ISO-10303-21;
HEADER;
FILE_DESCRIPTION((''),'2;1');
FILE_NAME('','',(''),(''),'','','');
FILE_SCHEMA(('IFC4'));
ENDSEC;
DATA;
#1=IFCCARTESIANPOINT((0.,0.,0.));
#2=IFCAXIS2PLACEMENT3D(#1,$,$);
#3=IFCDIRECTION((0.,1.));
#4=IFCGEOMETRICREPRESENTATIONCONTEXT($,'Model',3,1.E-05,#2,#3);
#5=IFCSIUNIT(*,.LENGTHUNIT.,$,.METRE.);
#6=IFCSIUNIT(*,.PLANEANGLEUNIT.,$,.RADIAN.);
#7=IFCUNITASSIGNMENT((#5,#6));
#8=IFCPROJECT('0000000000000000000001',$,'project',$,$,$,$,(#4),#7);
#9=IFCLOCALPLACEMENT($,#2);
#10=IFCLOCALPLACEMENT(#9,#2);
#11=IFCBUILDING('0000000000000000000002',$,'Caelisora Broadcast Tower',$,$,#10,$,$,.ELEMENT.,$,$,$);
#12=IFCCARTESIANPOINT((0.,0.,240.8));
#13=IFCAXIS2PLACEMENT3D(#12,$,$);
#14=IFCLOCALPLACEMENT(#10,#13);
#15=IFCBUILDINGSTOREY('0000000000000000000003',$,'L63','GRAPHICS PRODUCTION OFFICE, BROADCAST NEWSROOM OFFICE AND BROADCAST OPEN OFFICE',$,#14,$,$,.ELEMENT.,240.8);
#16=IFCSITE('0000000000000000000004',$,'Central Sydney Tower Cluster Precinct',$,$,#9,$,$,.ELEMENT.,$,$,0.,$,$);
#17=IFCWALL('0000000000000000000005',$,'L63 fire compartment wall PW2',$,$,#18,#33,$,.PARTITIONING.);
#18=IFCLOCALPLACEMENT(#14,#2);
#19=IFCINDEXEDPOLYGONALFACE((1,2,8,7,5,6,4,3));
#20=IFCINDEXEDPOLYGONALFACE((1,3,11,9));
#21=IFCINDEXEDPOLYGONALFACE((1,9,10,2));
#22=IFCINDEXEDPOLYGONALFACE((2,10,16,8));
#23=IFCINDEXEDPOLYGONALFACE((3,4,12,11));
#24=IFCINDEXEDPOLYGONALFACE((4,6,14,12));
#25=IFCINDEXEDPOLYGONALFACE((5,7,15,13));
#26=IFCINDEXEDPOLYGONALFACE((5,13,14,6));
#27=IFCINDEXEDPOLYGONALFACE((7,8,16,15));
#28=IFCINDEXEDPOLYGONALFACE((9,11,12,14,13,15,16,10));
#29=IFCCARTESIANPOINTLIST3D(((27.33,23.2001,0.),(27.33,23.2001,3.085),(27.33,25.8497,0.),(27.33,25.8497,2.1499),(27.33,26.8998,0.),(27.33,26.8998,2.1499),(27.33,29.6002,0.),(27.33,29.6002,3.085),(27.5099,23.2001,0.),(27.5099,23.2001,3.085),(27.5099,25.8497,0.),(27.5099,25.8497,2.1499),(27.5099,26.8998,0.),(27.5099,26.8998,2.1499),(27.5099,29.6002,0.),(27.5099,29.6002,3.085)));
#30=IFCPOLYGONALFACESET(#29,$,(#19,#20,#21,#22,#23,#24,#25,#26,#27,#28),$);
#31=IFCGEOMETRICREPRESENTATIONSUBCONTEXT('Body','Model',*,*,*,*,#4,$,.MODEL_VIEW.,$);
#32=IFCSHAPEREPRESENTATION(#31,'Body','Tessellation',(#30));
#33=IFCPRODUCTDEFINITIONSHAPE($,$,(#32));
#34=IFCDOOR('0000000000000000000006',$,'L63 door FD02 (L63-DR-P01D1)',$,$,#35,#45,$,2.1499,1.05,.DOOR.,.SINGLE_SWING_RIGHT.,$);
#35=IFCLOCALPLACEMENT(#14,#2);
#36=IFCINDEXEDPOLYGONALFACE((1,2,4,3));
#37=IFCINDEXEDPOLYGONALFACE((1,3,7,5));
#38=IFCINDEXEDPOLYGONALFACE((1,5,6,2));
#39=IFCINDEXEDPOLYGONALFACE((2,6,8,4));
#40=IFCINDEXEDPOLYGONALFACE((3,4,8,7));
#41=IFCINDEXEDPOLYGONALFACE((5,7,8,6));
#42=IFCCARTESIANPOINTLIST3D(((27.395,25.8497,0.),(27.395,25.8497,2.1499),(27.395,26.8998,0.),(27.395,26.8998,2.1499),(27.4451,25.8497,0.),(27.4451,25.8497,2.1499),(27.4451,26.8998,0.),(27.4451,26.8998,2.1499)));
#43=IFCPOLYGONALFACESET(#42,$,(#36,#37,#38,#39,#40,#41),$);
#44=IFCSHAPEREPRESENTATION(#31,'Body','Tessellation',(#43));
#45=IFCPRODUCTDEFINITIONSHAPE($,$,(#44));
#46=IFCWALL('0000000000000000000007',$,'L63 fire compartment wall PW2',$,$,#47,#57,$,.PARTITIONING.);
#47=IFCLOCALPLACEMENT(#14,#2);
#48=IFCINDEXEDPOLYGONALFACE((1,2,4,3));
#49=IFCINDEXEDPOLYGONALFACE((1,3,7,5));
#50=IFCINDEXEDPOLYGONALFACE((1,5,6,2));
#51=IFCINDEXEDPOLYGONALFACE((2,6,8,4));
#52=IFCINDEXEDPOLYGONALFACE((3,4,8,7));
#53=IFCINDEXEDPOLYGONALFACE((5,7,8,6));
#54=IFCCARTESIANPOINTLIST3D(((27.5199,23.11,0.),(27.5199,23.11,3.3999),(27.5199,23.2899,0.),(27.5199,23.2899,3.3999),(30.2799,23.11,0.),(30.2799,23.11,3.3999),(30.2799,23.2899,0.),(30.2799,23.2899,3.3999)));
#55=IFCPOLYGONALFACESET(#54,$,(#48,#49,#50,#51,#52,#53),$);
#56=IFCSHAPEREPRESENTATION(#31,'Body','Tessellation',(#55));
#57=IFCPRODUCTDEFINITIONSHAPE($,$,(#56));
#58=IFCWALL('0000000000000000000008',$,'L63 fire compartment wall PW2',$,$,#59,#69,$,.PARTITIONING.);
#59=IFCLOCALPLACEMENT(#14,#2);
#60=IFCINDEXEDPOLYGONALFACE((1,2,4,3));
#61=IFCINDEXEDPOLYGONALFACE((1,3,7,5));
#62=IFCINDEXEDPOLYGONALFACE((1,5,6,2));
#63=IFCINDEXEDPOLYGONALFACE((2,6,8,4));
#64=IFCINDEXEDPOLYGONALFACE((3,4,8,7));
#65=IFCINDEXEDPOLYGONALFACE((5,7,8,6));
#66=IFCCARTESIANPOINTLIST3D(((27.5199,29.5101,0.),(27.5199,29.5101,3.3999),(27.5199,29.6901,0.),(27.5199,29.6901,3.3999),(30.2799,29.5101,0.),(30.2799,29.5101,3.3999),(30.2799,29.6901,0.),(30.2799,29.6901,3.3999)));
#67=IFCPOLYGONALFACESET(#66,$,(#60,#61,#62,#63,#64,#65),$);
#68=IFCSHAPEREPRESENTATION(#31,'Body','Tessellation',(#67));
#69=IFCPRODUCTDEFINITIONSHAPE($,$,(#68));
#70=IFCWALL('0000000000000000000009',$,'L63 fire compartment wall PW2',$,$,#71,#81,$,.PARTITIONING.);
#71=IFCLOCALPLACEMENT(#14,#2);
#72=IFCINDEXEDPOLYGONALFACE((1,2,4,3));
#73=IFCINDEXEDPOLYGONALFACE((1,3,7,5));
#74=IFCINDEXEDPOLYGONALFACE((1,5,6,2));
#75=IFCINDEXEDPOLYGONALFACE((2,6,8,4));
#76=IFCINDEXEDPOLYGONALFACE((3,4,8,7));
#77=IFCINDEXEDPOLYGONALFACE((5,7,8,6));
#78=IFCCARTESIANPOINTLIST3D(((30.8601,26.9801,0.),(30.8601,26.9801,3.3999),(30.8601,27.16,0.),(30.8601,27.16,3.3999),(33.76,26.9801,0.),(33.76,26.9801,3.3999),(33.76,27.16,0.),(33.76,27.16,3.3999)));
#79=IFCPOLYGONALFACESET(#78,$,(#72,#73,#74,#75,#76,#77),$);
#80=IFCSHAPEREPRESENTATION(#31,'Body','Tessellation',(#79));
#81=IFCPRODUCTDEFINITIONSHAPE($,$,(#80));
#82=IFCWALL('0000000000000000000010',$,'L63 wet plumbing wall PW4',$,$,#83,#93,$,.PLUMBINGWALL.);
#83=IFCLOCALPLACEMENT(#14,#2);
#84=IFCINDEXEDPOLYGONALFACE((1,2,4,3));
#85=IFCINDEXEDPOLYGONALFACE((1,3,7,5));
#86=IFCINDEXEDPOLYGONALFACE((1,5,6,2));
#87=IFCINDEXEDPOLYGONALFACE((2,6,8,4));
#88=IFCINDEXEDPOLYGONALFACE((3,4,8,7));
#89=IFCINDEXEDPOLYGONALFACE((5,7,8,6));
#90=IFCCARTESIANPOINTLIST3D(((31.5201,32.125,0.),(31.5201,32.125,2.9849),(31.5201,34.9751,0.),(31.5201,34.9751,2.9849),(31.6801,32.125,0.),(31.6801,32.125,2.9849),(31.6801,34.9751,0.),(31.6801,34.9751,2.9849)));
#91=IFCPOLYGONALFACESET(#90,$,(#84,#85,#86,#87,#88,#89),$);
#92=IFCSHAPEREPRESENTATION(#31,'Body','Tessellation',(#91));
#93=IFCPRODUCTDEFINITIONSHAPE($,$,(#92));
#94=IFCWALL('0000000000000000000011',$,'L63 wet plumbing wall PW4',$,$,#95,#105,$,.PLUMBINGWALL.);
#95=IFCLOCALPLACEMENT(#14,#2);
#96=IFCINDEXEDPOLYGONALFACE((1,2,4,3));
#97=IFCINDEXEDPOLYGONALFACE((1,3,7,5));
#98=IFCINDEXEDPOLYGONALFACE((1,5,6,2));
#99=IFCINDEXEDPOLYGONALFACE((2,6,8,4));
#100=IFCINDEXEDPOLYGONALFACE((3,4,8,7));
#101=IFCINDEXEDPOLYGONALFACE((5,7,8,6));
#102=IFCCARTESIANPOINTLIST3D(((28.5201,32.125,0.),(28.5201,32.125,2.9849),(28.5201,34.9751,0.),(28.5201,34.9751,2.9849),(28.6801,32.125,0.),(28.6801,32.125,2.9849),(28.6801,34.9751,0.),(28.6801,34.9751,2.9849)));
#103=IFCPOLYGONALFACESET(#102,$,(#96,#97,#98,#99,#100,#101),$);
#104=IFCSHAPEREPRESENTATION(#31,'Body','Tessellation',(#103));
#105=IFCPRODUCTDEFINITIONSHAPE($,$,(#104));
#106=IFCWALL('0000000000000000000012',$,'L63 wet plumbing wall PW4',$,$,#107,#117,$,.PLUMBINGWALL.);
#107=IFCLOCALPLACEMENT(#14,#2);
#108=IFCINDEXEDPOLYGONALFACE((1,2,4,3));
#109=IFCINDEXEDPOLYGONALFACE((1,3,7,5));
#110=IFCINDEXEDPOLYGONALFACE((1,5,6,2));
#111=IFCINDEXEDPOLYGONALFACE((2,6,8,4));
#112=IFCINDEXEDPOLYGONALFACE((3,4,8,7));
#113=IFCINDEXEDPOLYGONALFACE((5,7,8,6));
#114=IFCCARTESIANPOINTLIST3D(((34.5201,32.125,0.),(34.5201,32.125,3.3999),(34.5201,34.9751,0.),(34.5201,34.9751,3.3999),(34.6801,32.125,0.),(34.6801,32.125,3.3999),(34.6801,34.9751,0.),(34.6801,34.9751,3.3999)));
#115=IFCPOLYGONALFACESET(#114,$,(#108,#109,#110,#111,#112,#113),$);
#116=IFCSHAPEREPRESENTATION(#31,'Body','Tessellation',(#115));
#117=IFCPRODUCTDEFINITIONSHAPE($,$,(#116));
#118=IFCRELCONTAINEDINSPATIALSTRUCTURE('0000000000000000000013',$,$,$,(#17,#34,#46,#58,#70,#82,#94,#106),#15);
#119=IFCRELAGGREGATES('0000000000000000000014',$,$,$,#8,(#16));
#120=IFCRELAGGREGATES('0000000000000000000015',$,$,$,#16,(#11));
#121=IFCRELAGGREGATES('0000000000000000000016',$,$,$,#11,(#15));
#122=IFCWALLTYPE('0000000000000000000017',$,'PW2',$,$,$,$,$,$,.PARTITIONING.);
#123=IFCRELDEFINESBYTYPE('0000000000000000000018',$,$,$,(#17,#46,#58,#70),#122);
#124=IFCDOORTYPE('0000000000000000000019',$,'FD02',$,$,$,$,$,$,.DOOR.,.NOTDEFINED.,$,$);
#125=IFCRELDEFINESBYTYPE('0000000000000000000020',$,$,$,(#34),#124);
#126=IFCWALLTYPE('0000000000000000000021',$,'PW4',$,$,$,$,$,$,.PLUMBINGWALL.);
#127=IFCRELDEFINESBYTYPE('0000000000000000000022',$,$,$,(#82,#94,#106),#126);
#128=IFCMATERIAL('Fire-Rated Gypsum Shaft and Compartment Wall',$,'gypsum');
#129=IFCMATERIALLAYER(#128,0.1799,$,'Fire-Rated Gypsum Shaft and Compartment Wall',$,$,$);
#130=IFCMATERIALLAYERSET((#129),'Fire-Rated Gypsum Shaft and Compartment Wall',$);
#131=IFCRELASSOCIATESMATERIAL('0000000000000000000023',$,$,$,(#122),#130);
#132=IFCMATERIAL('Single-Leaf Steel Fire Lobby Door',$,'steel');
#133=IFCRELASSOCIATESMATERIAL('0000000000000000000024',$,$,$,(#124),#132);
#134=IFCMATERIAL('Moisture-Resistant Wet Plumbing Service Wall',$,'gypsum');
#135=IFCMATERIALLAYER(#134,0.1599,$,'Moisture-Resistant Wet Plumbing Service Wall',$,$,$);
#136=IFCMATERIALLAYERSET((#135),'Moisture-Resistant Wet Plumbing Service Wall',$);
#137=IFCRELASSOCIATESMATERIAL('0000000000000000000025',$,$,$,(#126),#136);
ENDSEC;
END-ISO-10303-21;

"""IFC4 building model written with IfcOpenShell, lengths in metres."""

from ifc_helpers import new_model, si_unit, direction, frame, frame_2d, origin, place, context, subcontext, project, spatial, rectangle, extrude, material, layer, layer_set, type_object, element, fill, save


model = new_model("IFC4")

# Units and contexts
model_context = context("Model", 3, precision=1e-05, world=origin(), true_north=direction((0.0, 1.0)))
body_context = subcontext(model_context, "Body", "Model", "MODEL_VIEW")
ifc_project = project(units=[si_unit("LENGTHUNIT", "METRE"), si_unit("PLANEANGLEUNIT", "RADIAN")], contexts=[model_context])

# Site, building, storey
site_placement = place(None, origin())
site = spatial("IfcSite", under=ifc_project, at=site_placement, Name="Central Sydney Tower Cluster Precinct", CompositionType="ELEMENT", RefElevation=0.0)
building_placement = place(site_placement, origin())
building = spatial("IfcBuilding", under=site, at=building_placement, Name="Caelisora Broadcast Tower", CompositionType="ELEMENT")
storey_placement = place(building_placement, frame((0.0, 0.0, 240.8)))
storey = spatial("IfcBuildingStorey", under=building, at=storey_placement, Name="L63", Description="GRAPHICS PRODUCTION OFFICE, BROADCAST NEWSROOM OFFICE AND BROADCAST OPEN OFFICE", CompositionType="ELEMENT", Elevation=240.8)

# Shared definitions
ifc_material_1 = material(Name="Fire-Rated Gypsum Shaft and Compartment Wall", Category="gypsum")
ifc_layer_1 = layer(ifc_material_1, 0.1799, Name="Fire-Rated Gypsum Shaft and Compartment Wall")
ifc_layer_set_1 = layer_set([ifc_layer_1], Name="Fire-Rated Gypsum Shaft and Compartment Wall")
wall_type_1 = type_object("IfcWallType", Name="PW2", PredefinedType="PARTITIONING", material=ifc_layer_set_1)

# Wall, opening, door
wall_1_placement = place(storey_placement, frame((27.4199, 23.2, 0.0), z_axis=(0.0, 0.0, 1.0), x_axis=(0.0, 1.0, 0.0)))
wall_1 = element("IfcWall", 1, at=wall_1_placement, inside=storey, type_object=wall_type_1, Name="L63 fire compartment wall PW2", PredefinedType="PARTITIONING", context=body_context, shape_type="SweptSolid", body=[
    extrude(rectangle(XDim=6.4001, YDim=0.1799, at=frame_2d((3.2002, 0.0))), origin(), (0.0, 0.0, 1.0), 3.085),
])
opening_1_placement = place(wall_1_placement, frame((2.6499, 0.0, 0.0)))
opening_1 = element("IfcOpeningElement", 2, at=opening_1_placement, cuts=wall_1, PredefinedType="OPENING", context=body_context, shape_type="SweptSolid", body=[
    extrude(rectangle(XDim=1.05, YDim=2.1499, at=frame_2d((0.5249, 1.075))), frame((0.0, 0.1021, 0.0), z_axis=(0.0, -1.0, 0.0), x_axis=(1.0, 0.0, 0.0)), (0.0, 0.0, 1.0), 0.2039),
])
ifc_material_2 = material(Name="Single-Leaf Steel Fire Lobby Door", Category="steel")
door_type_1 = type_object("IfcDoorType", Name="FD02", OperationType="NOTDEFINED", PredefinedType="DOOR", material=ifc_material_2)
door_1_placement = place(opening_1_placement, origin())
door_1 = element("IfcDoor", 3, at=door_1_placement, inside=storey, type_object=door_type_1, Name="L63 door FD02 (L63-DR-P01D1)", OperationType="SINGLE_SWING_RIGHT", OverallHeight=2.1499, OverallWidth=1.05, PredefinedType="DOOR", context=body_context, shape_type="SweptSolid", body=[
    extrude(rectangle(XDim=1.05, YDim=2.1499, at=frame_2d((0.5249, 1.075))), frame((0.0, 0.0249, 0.0), z_axis=(0.0, -1.0, 0.0), x_axis=(1.0, 0.0, 0.0)), (0.0, 0.0, 1.0), 0.05),
])
fill(opening_1, door_1)

# Walls
for number, where, z_axis, x_axis, name in (
    (4, (27.52, 23.2, 0.0), (0.0, 0.0, 1.0), (1.0, 0.0, 0.0), "L63 fire compartment wall PW2"),
    (5, (27.52, 29.6001, 0.0), (0.0, 0.0, 1.0), (1.0, 0.0, 0.0), "L63 fire compartment wall PW2"),
):
    element("IfcWall", number, at=place(storey_placement, frame(where, z_axis=z_axis, x_axis=x_axis)), inside=storey, type_object=wall_type_1, Name=name, PredefinedType="PARTITIONING", context=body_context, shape_type="SweptSolid", body=[
        extrude(rectangle(XDim=2.76, YDim=0.1799, at=frame_2d((1.3799, 0.0))), origin(), (0.0, 0.0, 1.0), 3.3999),
    ])
wall_2_placement = place(storey_placement, frame((30.8601, 27.0701, 0.0), z_axis=(0.0, 0.0, 1.0), x_axis=(1.0, 0.0, 0.0)))
element("IfcWall", 6, at=wall_2_placement, inside=storey, type_object=wall_type_1, Name="L63 fire compartment wall PW2", PredefinedType="PARTITIONING", context=body_context, shape_type="SweptSolid", body=[
    extrude(rectangle(XDim=2.8999, YDim=0.1799, at=frame_2d((1.45, 0.0))), origin(), (0.0, 0.0, 1.0), 3.3999),
])
ifc_material_3 = material(Name="Moisture-Resistant Wet Plumbing Service Wall", Category="gypsum")
ifc_layer_2 = layer(ifc_material_3, 0.1599, Name="Moisture-Resistant Wet Plumbing Service Wall")
ifc_layer_set_2 = layer_set([ifc_layer_2], Name="Moisture-Resistant Wet Plumbing Service Wall")
wall_type_2 = type_object("IfcWallType", Name="PW4", PredefinedType="PLUMBINGWALL", material=ifc_layer_set_2)
for number, where, z_axis, x_axis, name in (
    (7, (31.6001, 32.125, 0.0), (0.0, 0.0, 1.0), (0.0, 1.0, 0.0), "L63 wet plumbing wall PW4"),
    (8, (28.6001, 32.125, 0.0), (0.0, 0.0, 1.0), (0.0, 1.0, 0.0), "L63 wet plumbing wall PW4"),
):
    element("IfcWall", number, at=place(storey_placement, frame(where, z_axis=z_axis, x_axis=x_axis)), inside=storey, type_object=wall_type_2, Name=name, PredefinedType="PLUMBINGWALL", context=body_context, shape_type="SweptSolid", body=[
        extrude(rectangle(XDim=2.8501, YDim=0.1599, at=frame_2d((1.425, 0.0))), origin(), (0.0, 0.0, 1.0), 2.9849),
    ])
wall_3_placement = place(storey_placement, frame((34.6001, 32.125, 0.0), z_axis=(0.0, 0.0, 1.0), x_axis=(0.0, 1.0, 0.0)))
element("IfcWall", 9, at=wall_3_placement, inside=storey, type_object=wall_type_2, Name="L63 wet plumbing wall PW4", PredefinedType="PLUMBINGWALL", context=body_context, shape_type="SweptSolid", body=[
    extrude(rectangle(XDim=2.8501, YDim=0.1599, at=frame_2d((1.425, 0.0))), origin(), (0.0, 0.0, 1.0), 3.3999),
])

save(model, "model.ifc")
